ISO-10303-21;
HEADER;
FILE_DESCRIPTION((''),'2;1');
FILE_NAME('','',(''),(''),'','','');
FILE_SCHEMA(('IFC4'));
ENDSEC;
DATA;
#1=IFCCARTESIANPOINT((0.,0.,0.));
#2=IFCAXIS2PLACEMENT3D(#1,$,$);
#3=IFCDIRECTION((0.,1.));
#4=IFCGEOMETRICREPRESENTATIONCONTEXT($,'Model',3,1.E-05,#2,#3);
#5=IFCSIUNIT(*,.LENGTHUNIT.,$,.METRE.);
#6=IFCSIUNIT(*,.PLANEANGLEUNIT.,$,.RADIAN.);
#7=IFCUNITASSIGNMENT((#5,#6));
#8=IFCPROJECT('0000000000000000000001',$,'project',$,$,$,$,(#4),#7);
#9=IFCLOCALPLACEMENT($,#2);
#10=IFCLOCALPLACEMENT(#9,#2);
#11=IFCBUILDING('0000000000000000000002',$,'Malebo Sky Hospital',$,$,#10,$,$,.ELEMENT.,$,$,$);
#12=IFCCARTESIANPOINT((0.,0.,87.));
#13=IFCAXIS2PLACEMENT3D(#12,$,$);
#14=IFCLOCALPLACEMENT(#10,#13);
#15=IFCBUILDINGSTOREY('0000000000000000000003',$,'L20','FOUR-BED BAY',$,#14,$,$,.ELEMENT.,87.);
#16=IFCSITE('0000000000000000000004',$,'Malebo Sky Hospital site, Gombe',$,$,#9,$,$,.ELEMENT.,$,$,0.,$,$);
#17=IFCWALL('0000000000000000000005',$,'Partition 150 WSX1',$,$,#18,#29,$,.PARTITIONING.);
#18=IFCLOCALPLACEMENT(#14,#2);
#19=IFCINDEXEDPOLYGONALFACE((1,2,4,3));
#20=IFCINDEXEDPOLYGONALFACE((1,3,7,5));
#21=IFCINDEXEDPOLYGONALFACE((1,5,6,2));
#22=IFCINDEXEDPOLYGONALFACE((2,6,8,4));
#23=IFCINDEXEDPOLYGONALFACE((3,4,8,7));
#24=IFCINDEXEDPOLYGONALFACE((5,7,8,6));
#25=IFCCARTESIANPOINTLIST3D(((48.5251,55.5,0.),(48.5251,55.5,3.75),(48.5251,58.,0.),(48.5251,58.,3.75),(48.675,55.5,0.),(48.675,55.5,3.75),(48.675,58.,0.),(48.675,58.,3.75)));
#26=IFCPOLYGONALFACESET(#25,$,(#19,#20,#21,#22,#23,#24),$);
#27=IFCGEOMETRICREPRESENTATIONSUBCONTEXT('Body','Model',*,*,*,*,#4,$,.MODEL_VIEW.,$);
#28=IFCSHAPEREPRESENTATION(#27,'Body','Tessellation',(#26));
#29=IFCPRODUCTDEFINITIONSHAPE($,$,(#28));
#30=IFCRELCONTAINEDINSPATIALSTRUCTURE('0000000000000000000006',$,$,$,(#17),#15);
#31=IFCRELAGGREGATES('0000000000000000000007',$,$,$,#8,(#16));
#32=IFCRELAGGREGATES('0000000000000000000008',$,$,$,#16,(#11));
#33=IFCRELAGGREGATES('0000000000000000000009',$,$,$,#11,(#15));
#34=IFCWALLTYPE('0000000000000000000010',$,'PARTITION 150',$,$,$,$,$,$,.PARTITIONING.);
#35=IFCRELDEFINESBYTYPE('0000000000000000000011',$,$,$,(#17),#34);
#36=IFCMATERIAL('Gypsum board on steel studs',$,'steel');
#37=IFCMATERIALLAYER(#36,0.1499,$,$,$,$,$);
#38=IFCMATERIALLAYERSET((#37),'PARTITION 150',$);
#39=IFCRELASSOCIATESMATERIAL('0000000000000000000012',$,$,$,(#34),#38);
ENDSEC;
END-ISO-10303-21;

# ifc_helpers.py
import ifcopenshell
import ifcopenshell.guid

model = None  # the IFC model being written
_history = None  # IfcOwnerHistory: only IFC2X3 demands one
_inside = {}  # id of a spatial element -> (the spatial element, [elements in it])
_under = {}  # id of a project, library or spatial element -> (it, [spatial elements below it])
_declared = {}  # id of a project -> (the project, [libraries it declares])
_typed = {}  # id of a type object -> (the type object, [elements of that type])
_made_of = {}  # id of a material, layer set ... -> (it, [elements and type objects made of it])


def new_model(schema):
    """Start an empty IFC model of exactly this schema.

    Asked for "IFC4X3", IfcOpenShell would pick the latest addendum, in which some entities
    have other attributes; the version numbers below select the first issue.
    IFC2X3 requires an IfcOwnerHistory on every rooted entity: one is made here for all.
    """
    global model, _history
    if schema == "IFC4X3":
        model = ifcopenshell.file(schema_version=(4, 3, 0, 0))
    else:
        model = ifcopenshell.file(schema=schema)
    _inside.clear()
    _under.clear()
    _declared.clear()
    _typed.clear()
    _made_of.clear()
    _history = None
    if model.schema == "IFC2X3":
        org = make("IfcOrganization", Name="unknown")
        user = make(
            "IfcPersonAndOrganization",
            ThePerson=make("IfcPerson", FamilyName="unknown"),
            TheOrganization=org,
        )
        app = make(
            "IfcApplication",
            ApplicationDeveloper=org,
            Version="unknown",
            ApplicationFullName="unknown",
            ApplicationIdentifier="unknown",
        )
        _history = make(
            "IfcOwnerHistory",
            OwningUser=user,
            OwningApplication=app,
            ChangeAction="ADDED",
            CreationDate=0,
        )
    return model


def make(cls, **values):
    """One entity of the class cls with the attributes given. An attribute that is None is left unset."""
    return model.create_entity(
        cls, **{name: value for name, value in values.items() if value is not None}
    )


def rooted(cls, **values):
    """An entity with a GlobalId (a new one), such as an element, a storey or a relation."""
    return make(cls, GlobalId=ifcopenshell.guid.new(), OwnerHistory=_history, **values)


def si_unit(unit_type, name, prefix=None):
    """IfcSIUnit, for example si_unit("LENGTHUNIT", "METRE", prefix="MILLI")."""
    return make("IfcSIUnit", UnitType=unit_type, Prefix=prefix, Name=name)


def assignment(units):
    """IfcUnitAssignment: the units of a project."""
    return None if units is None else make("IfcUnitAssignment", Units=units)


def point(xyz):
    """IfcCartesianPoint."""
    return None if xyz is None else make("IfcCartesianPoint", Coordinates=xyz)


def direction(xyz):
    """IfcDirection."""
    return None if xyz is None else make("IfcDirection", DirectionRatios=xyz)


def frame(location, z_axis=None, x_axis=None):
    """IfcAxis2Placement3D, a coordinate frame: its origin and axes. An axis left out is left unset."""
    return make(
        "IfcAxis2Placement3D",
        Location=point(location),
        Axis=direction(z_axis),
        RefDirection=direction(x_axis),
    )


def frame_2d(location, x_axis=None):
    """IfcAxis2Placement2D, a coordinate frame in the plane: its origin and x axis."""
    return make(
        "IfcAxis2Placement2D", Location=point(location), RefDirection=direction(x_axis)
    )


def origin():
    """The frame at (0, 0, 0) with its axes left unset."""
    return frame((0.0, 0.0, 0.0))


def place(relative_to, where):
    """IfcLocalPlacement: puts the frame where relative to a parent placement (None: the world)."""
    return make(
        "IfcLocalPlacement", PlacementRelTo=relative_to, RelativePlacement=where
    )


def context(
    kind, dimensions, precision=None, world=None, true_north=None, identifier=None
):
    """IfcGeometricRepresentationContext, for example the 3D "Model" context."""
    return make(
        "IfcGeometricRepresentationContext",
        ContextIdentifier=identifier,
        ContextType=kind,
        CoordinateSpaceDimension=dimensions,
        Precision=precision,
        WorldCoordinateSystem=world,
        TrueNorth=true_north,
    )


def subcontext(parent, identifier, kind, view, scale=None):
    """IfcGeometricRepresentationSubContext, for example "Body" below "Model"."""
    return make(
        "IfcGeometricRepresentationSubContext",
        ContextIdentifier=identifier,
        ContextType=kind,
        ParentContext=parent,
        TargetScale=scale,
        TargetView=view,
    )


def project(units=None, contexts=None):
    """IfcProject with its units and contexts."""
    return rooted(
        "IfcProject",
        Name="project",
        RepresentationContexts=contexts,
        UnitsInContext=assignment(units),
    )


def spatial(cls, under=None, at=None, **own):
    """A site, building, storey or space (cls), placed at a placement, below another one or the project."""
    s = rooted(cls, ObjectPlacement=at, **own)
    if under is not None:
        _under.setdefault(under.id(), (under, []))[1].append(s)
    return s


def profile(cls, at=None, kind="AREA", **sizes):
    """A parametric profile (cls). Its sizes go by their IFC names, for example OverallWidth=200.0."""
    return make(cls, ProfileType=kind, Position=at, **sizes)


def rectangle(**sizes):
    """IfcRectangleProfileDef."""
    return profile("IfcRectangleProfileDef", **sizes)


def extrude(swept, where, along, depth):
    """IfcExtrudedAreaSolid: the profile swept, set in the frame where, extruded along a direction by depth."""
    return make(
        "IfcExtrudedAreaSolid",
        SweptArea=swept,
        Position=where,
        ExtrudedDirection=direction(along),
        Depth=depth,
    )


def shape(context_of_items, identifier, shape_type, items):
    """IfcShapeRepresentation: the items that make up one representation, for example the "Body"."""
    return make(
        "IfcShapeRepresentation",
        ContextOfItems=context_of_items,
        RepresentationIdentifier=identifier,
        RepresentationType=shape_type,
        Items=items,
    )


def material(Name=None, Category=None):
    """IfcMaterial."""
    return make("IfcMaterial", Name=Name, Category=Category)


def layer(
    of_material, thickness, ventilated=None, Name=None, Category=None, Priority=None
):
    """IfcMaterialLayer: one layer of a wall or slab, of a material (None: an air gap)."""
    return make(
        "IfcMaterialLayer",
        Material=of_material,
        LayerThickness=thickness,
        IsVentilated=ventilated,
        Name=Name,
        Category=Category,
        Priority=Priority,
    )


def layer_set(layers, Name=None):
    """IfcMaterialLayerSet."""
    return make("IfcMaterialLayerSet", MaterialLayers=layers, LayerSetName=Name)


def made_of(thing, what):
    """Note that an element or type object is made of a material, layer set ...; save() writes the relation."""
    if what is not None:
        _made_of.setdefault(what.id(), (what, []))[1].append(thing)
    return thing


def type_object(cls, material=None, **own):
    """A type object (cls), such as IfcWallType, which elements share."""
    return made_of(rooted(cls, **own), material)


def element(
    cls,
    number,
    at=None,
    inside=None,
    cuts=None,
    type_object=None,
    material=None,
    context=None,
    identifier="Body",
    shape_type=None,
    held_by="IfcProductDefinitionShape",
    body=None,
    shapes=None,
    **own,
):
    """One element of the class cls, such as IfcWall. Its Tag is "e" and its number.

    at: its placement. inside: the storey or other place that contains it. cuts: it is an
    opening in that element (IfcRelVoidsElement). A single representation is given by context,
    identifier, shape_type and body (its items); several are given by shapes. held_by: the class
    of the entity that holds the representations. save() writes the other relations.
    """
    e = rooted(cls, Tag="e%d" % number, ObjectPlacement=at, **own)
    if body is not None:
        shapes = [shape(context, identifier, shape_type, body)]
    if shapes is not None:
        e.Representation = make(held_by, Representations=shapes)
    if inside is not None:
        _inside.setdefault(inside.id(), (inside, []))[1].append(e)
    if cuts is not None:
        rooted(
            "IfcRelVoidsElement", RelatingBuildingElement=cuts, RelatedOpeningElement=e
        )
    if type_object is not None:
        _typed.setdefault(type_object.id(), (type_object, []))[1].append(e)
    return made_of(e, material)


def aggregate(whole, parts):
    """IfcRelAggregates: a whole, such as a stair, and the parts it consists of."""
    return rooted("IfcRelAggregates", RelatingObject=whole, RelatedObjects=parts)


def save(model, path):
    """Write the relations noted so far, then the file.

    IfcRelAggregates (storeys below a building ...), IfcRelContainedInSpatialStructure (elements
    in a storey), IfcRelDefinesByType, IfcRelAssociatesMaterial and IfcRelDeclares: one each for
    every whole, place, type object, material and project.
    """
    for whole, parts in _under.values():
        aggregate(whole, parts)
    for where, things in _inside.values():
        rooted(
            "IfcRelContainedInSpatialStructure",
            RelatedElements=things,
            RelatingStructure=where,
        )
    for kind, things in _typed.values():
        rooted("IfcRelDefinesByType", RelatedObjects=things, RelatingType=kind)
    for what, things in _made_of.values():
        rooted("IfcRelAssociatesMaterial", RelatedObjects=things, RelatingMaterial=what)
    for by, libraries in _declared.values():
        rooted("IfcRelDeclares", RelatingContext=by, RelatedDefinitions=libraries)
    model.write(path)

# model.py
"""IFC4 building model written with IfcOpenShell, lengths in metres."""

from ifc_helpers import new_model, si_unit, direction, frame, frame_2d, origin, place, context, subcontext, project, spatial, rectangle, extrude, material, layer, layer_set, type_object, element, save


model = new_model("IFC4")

# Units and contexts
model_context = context("Model", 3, precision=1e-05, world=origin(), true_north=direction((0.0, 1.0)))
body_context = subcontext(model_context, "Body", "Model", "MODEL_VIEW")
ifc_project = project(units=[si_unit("LENGTHUNIT", "METRE"), si_unit("PLANEANGLEUNIT", "RADIAN")], contexts=[model_context])

# Site, building, storey
site_placement = place(None, origin())
site = spatial("IfcSite", under=ifc_project, at=site_placement, Name="Malebo Sky Hospital site, Gombe", CompositionType="ELEMENT", RefElevation=0.0)
building_placement = place(site_placement, origin())
building = spatial("IfcBuilding", under=site, at=building_placement, Name="Malebo Sky Hospital", CompositionType="ELEMENT")
storey_placement = place(building_placement, frame((0.0, 0.0, 87.0)))
storey = spatial("IfcBuildingStorey", under=building, at=storey_placement, Name="L20", Description="FOUR-BED BAY", CompositionType="ELEMENT", Elevation=87.0)

# Shared definitions
ifc_material_1 = material(Name="Gypsum board on steel studs", Category="steel")
ifc_layer_1 = layer(ifc_material_1, 0.1499)
ifc_layer_set_1 = layer_set([ifc_layer_1], Name="PARTITION 150")
wall_type_1 = type_object("IfcWallType", Name="PARTITION 150", PredefinedType="PARTITIONING", material=ifc_layer_set_1)

# Wall
wall_1_placement = place(storey_placement, frame((48.6001, 55.5, 0.0), z_axis=(0.0, 0.0, 1.0), x_axis=(0.0, 1.0, 0.0)))
element("IfcWall", 1, at=wall_1_placement, inside=storey, type_object=wall_type_1, Name="Partition 150 WSX1", PredefinedType="PARTITIONING", context=body_context, shape_type="SweptSolid", body=[
    extrude(rectangle(XDim=2.5, YDim=0.1499, at=frame_2d((1.25, 0.0))), origin(), (0.0, 0.0, 1.0), 3.75),
])

save(model, "model.ifc")
